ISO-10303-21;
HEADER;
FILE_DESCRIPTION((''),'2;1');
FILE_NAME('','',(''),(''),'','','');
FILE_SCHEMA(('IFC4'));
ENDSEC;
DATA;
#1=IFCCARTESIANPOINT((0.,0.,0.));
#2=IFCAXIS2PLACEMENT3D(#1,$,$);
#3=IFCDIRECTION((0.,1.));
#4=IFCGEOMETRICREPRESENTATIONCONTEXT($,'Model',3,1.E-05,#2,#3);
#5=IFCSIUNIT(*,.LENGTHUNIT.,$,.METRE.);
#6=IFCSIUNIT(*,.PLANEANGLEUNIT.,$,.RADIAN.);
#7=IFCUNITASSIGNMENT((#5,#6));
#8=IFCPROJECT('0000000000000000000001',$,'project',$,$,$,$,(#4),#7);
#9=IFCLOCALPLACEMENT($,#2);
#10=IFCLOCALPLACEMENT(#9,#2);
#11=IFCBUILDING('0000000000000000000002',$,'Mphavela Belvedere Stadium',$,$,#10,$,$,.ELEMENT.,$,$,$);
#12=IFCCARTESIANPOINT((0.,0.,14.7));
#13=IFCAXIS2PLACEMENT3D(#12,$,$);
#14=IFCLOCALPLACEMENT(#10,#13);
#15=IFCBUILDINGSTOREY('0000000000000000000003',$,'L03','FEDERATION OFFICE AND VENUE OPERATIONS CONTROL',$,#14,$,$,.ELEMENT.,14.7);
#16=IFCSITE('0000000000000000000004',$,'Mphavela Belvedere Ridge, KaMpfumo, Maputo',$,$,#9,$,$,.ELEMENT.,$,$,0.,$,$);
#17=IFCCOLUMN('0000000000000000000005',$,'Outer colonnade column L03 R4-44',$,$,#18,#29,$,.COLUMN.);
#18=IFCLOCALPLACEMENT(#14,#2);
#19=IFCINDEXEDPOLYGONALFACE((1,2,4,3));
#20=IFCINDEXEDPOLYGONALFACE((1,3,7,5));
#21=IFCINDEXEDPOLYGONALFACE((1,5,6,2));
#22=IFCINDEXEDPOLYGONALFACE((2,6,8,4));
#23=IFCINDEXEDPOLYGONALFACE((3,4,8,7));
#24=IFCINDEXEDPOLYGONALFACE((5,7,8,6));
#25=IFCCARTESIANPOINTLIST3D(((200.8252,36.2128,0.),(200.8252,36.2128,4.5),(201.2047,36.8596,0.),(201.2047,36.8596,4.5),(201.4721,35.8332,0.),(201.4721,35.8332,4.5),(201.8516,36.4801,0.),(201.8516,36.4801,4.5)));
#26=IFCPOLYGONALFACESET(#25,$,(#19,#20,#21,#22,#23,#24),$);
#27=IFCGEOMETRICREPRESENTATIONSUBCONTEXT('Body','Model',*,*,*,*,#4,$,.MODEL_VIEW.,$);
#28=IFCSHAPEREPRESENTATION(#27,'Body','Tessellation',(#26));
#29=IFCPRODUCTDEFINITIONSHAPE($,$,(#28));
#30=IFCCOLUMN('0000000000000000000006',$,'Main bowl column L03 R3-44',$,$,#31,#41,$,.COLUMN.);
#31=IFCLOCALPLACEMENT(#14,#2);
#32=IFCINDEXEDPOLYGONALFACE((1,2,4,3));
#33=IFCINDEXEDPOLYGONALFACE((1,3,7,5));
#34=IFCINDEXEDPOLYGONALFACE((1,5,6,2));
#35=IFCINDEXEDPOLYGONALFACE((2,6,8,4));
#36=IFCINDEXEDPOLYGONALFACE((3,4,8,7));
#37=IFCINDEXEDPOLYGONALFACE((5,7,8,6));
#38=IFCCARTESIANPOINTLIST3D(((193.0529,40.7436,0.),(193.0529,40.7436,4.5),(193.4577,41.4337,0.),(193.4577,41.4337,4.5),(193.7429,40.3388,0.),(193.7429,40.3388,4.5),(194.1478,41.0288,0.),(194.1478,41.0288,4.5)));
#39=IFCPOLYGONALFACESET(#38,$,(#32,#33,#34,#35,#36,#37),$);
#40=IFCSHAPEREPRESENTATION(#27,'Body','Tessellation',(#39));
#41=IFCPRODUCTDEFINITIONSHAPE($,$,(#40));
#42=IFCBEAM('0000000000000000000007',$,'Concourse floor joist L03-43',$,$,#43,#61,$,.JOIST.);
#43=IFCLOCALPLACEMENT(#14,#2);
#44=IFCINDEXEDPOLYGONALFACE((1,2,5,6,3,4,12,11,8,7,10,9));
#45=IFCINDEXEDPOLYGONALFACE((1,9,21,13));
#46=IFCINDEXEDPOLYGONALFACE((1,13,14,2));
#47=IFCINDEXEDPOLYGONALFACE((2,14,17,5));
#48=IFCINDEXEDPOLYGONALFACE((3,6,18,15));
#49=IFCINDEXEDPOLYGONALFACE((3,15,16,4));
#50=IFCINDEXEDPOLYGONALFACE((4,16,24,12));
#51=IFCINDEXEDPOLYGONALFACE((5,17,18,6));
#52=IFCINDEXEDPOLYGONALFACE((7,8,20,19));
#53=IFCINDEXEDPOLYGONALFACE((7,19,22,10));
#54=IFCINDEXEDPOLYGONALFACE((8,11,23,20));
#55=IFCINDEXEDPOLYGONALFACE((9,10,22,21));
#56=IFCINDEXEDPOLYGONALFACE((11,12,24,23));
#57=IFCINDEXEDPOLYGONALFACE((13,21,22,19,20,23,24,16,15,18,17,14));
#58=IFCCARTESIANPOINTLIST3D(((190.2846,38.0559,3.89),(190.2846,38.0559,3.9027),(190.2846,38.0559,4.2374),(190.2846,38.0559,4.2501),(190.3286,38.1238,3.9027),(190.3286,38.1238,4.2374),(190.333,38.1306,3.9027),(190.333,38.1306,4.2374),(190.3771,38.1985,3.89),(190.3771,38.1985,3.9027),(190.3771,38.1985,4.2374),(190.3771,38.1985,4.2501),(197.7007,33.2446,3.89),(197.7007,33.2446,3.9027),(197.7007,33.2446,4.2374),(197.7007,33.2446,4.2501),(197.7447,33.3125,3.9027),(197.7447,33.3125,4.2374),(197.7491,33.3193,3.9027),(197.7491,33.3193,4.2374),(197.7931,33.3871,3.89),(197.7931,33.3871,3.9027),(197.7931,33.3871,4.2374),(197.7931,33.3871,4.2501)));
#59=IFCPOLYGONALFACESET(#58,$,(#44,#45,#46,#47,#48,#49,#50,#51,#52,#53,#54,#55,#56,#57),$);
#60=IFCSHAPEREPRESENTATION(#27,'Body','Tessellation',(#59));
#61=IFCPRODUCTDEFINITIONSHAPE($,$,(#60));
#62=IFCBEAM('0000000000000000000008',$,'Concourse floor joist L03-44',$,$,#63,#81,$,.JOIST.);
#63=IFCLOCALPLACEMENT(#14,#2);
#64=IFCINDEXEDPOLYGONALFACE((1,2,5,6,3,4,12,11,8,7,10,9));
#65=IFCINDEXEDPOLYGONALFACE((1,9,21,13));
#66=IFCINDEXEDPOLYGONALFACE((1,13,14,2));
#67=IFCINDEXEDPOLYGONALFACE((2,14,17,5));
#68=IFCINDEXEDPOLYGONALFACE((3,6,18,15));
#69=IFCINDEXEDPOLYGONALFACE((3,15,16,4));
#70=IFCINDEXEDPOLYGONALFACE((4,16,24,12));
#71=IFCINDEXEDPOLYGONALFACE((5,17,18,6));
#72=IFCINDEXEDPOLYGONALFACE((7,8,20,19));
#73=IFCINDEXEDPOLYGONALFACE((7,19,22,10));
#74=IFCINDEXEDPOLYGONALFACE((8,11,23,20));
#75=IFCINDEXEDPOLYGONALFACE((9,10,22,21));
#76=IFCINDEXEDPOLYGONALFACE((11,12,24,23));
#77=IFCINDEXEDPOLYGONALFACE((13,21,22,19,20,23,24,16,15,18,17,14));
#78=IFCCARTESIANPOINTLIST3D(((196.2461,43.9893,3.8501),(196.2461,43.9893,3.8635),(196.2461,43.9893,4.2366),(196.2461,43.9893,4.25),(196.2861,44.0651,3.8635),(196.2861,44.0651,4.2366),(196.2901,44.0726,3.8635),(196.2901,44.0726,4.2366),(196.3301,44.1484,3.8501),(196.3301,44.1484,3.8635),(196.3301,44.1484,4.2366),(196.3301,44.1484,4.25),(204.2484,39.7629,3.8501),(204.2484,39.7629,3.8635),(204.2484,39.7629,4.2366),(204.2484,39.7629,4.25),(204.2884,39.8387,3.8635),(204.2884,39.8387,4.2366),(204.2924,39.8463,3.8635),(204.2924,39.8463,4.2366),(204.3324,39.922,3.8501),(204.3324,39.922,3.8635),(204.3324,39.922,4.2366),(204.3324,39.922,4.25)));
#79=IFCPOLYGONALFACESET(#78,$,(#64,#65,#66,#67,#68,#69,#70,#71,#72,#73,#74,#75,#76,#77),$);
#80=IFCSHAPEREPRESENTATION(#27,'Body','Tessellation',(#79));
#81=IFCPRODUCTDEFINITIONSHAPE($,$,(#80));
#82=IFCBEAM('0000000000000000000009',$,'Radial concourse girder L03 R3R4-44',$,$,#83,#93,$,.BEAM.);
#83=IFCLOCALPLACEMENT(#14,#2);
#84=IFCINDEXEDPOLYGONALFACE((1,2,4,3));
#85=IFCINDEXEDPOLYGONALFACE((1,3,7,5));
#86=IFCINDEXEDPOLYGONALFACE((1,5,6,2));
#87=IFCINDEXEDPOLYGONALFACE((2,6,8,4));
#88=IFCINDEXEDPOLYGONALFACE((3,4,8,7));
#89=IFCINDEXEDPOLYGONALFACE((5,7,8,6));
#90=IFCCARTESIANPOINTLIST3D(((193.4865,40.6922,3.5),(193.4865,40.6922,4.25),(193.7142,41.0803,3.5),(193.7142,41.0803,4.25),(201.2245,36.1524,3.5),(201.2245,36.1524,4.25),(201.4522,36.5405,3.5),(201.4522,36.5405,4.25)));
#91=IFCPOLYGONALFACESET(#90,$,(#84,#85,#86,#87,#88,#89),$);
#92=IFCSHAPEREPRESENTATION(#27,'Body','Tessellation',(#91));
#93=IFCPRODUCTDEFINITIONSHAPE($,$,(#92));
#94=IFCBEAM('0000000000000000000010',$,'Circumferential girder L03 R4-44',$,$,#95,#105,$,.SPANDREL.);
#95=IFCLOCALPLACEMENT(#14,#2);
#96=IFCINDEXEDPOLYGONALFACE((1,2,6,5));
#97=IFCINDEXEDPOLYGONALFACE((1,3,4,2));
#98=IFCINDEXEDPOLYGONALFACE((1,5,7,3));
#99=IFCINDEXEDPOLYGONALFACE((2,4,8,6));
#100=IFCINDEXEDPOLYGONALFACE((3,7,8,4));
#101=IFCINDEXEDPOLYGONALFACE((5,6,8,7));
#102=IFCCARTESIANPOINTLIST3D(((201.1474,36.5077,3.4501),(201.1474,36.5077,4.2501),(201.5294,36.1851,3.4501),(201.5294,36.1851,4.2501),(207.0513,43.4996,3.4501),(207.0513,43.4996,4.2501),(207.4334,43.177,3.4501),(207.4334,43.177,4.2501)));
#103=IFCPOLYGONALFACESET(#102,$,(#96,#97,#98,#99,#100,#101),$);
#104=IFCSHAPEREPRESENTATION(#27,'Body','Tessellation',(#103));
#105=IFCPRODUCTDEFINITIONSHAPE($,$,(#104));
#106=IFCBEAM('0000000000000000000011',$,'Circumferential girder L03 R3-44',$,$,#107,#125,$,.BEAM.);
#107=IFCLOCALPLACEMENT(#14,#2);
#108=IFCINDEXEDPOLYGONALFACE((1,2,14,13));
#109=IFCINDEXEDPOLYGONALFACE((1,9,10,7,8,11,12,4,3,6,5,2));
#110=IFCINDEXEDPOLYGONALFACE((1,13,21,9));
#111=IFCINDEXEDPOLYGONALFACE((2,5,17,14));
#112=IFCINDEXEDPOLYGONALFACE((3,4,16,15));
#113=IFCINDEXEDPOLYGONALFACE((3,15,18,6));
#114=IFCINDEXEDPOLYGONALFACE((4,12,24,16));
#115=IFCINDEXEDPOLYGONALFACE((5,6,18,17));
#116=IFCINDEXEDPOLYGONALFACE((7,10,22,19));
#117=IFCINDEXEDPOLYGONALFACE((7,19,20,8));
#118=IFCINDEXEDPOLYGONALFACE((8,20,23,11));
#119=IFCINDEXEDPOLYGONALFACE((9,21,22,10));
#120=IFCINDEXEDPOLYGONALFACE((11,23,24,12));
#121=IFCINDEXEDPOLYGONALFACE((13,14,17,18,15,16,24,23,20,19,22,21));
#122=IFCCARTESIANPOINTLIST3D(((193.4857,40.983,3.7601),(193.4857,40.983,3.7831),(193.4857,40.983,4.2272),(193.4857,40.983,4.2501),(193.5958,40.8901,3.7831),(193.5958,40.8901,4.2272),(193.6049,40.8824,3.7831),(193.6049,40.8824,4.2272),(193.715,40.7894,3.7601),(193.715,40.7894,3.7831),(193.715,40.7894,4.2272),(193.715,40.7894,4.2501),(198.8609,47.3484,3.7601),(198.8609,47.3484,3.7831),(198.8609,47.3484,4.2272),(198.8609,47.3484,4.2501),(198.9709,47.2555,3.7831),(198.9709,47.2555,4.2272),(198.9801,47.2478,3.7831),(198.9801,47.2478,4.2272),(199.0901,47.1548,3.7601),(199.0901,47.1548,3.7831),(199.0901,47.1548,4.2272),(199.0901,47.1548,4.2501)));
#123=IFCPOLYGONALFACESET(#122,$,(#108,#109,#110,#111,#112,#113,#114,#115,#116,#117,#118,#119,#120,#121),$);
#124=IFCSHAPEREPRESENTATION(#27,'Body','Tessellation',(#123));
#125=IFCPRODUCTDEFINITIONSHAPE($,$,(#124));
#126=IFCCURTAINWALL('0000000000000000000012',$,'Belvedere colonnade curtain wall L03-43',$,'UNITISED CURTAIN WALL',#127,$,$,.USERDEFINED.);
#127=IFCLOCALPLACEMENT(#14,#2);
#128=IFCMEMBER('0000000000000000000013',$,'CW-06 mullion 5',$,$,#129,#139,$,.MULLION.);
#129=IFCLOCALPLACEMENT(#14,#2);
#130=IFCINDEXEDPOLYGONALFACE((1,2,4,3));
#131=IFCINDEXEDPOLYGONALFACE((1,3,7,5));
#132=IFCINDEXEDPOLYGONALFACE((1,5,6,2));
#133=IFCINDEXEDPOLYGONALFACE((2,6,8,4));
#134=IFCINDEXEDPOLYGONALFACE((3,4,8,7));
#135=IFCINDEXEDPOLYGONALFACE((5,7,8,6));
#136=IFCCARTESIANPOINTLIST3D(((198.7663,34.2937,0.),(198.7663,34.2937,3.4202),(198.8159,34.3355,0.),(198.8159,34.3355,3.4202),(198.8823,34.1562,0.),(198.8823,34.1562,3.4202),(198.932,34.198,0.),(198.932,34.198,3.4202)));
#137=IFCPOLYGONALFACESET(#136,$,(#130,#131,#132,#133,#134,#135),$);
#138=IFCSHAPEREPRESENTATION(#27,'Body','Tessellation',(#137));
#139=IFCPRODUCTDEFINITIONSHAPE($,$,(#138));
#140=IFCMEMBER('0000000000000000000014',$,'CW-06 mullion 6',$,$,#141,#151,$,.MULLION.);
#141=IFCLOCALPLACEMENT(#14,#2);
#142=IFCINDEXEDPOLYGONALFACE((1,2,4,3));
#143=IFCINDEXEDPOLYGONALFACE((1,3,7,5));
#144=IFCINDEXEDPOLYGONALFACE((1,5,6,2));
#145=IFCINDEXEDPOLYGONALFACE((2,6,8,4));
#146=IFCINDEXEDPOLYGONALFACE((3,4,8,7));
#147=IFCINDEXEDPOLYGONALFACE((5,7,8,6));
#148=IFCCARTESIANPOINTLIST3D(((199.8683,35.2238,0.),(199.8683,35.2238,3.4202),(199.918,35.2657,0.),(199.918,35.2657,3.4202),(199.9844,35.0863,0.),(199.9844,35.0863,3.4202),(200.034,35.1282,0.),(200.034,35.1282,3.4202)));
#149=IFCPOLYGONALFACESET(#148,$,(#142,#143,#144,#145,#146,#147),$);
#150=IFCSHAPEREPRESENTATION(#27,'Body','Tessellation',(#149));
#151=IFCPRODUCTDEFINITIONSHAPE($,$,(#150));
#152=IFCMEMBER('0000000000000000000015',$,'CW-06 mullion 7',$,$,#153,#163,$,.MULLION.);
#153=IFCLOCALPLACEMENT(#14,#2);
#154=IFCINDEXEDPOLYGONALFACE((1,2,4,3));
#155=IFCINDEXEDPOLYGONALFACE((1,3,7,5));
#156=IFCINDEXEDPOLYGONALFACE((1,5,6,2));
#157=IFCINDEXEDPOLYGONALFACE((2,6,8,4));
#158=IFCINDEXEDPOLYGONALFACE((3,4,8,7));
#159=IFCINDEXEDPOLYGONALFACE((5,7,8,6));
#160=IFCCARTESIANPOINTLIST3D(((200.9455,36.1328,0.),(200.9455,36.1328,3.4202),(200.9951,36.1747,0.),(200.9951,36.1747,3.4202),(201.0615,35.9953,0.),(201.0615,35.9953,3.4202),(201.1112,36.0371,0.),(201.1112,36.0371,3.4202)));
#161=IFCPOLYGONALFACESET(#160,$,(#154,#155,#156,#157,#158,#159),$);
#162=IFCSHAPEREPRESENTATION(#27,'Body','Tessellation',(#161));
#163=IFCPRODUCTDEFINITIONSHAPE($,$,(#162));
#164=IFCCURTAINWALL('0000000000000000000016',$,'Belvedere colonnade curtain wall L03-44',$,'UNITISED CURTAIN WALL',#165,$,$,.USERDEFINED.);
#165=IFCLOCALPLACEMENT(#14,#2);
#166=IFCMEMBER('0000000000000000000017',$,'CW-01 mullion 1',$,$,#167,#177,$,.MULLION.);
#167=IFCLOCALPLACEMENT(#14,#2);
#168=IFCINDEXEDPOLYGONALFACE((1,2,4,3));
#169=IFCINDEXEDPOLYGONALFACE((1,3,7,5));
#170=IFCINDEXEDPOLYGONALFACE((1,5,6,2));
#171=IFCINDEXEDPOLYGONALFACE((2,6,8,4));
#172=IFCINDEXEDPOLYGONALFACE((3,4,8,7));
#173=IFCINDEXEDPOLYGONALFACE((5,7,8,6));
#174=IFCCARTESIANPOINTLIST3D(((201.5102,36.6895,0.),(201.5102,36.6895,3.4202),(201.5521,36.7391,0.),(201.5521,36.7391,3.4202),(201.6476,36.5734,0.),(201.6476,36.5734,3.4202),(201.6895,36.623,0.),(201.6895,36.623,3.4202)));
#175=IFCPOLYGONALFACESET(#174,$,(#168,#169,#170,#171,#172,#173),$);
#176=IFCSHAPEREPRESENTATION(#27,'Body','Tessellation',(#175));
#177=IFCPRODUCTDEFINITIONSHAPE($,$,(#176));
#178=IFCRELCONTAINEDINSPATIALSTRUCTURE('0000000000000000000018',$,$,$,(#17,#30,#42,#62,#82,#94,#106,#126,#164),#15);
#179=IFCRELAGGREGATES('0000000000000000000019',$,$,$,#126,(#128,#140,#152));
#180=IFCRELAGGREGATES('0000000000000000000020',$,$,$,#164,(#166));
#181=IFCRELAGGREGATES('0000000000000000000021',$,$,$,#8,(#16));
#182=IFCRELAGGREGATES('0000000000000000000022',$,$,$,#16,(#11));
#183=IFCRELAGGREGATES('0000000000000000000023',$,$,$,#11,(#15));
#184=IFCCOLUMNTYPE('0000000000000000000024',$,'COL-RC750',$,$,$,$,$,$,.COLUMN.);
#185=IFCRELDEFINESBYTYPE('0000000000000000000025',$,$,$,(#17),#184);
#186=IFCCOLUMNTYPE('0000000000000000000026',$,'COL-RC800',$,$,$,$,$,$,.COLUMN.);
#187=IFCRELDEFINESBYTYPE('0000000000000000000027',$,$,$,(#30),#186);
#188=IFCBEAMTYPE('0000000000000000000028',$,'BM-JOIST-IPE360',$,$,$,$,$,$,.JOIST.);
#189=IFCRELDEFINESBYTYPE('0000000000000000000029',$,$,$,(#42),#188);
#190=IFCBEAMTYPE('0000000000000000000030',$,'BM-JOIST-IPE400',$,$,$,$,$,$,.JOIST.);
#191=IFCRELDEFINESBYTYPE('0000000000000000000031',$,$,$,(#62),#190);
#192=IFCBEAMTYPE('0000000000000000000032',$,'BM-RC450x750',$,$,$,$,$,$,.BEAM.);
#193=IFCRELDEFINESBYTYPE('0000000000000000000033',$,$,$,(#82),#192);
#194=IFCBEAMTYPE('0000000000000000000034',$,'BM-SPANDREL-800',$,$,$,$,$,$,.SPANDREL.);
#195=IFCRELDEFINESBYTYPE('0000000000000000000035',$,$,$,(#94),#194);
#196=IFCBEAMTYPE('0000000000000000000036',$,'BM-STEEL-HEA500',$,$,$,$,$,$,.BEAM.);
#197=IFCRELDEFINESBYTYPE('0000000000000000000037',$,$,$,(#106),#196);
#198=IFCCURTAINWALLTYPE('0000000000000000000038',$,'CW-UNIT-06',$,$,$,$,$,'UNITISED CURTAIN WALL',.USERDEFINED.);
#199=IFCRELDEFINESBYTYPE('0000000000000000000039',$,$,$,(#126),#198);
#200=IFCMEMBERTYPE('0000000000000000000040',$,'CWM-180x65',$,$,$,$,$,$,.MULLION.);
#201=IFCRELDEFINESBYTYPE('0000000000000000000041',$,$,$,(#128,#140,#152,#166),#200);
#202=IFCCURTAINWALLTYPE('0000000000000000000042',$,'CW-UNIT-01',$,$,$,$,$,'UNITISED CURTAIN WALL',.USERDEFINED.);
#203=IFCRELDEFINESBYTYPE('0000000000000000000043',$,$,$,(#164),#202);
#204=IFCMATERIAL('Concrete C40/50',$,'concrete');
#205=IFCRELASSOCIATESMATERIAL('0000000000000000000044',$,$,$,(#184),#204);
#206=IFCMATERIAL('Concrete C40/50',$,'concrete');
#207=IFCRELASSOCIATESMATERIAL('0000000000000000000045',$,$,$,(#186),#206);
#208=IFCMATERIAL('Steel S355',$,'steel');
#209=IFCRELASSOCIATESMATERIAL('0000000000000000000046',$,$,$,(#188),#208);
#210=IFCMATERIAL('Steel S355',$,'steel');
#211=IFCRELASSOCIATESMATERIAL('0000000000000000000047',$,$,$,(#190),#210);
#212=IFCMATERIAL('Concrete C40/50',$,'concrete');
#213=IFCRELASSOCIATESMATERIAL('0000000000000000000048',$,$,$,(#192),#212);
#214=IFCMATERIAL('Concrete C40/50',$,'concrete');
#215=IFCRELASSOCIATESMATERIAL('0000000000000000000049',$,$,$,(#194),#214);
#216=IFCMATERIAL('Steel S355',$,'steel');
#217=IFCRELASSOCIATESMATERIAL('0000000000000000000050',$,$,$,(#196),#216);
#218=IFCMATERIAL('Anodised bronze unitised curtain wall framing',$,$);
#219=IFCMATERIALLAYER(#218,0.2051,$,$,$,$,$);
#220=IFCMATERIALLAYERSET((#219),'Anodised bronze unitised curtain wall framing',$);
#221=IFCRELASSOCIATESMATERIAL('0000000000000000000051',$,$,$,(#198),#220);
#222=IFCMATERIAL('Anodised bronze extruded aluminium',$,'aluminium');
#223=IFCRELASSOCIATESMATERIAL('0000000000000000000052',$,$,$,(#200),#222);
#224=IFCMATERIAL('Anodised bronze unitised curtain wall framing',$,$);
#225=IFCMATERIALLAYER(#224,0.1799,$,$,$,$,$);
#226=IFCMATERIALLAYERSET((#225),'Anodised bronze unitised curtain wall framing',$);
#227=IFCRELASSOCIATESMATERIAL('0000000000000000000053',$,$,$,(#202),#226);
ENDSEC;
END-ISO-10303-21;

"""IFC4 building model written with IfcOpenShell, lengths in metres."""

from ifc_helpers import new_model, si_unit, direction, frame, origin, origin_2d, place, context, subcontext, project, spatial, rectangle, i_section, extrude, material, layer, layer_set, material_profile, profile_set, type_object, element, aggregate, save


model = new_model("IFC4")

# Units and contexts
model_context = context("Model", 3, precision=1e-05, world=origin(), true_north=direction((0.0, 1.0)))
body_context = subcontext(model_context, "Body", "Model", "MODEL_VIEW")
ifc_project = project(units=[si_unit("LENGTHUNIT", "METRE"), si_unit("PLANEANGLEUNIT", "RADIAN")], contexts=[model_context])

# Site, building, storey
site_placement = place(None, origin())
site = spatial("IfcSite", under=ifc_project, at=site_placement, Name="Mphavela Belvedere Ridge, KaMpfumo, Maputo", CompositionType="ELEMENT", RefElevation=0.0)
building_placement = place(site_placement, origin())
building = spatial("IfcBuilding", under=site, at=building_placement, Name="Mphavela Belvedere Stadium", CompositionType="ELEMENT")
storey_placement = place(building_placement, frame((0.0, 0.0, 14.7)))
storey = spatial("IfcBuildingStorey", under=building, at=storey_placement, Name="L03", Description="FEDERATION OFFICE AND VENUE OPERATIONS CONTROL", CompositionType="ELEMENT", Elevation=14.7)

# Columns
ifc_material_1 = material(Name="Concrete C40/50", Category="concrete")
ifc_material_profile_1 = material_profile(ifc_material_1, rectangle(XDim=0.75, YDim=0.75, at=origin_2d()), Name="RC 750x750")
ifc_profile_set_1 = profile_set([ifc_material_profile_1], Name="Concrete C40/50")
column_type_1 = type_object("IfcColumnType", Name="COL-RC750", PredefinedType="COLUMN", material=ifc_profile_set_1)
column_1_placement = place(storey_placement, frame((201.3384, 36.3464, 0.0), z_axis=(0.0, 0.0, 1.0), x_axis=(0.862514, -0.506034, 0.0)))
element("IfcColumn", 1, at=column_1_placement, inside=storey, type_object=column_type_1, Name="Outer colonnade column L03 R4-44", PredefinedType="COLUMN", context=body_context, shape_type="SweptSolid", body=[
    extrude(rectangle(XDim=0.75, YDim=0.75, at=origin_2d()), origin(), (0.0, 0.0, 1.0), 4.5),
])
ifc_material_2 = material(Name="Concrete C40/50", Category="concrete")
ifc_material_profile_2 = material_profile(ifc_material_2, rectangle(XDim=0.8, YDim=0.8, at=origin_2d()), Name="RC 800x800")
ifc_profile_set_2 = profile_set([ifc_material_profile_2], Name="Concrete C40/50")
column_type_2 = type_object("IfcColumnType", Name="COL-RC800", PredefinedType="COLUMN", material=ifc_profile_set_2)
column_2_placement = place(storey_placement, frame((193.6003, 40.8862, 0.0), z_axis=(0.0, 0.0, 1.0), x_axis=(0.862514, -0.506034, 0.0)))
element("IfcColumn", 2, at=column_2_placement, inside=storey, type_object=column_type_2, Name="Main bowl column L03 R3-44", PredefinedType="COLUMN", context=body_context, shape_type="SweptSolid", body=[
    extrude(rectangle(XDim=0.8, YDim=0.8, at=origin_2d()), origin(), (0.0, 0.0, 1.0), 4.5),
])

# Beams
ifc_material_3 = material(Name="Steel S355", Category="steel")
ifc_material_profile_3 = material_profile(ifc_material_3, i_section(OverallWidth=0.1699, OverallDepth=0.3601, WebThickness=0.0081, FlangeThickness=0.0127, at=origin_2d()), Name="IPE 360")
ifc_profile_set_3 = profile_set([ifc_material_profile_3], Name="Steel S355")
beam_type_1 = type_object("IfcBeamType", Name="BM-JOIST-IPE360", PredefinedType="JOIST", material=ifc_profile_set_3)
beam_1_placement = place(storey_placement, frame((190.3308, 38.1272, 4.0701), z_axis=(0.838915, -0.544262, 0.0), x_axis=(0.544262, 0.838915, 0.0)))
element("IfcBeam", 3, at=beam_1_placement, inside=storey, type_object=beam_type_1, Name="Concourse floor joist L03-43", PredefinedType="JOIST", context=body_context, shape_type="SweptSolid", body=[
    extrude(i_section(OverallWidth=0.1699, OverallDepth=0.3601, WebThickness=0.0081, FlangeThickness=0.0127, at=origin_2d()), origin(), (0.0, 0.0, 1.0), 8.8401),
])
ifc_material_4 = material(Name="Steel S355", Category="steel")
ifc_material_profile_4 = material_profile(ifc_material_4, i_section(OverallWidth=0.1799, OverallDepth=0.3999, WebThickness=0.0085, FlangeThickness=0.0134, at=origin_2d()), Name="IPE 400")
ifc_profile_set_4 = profile_set([ifc_material_profile_4], Name="Steel S355")
beam_type_2 = type_object("IfcBeamType", Name="BM-JOIST-IPE400", PredefinedType="JOIST", material=ifc_profile_set_4)
beam_2_placement = place(storey_placement, frame((196.2881, 44.0688, 4.05), z_axis=(0.884251, -0.467012, 0.0), x_axis=(0.467012, 0.884251, 0.0)))
element("IfcBeam", 4, at=beam_2_placement, inside=storey, type_object=beam_type_2, Name="Concourse floor joist L03-44", PredefinedType="JOIST", context=body_context, shape_type="SweptSolid", body=[
    extrude(i_section(OverallWidth=0.1799, OverallDepth=0.3999, WebThickness=0.0085, FlangeThickness=0.0134, at=origin_2d()), origin(), (0.0, 0.0, 1.0), 9.0498),
])
ifc_material_5 = material(Name="Concrete C40/50", Category="concrete")
ifc_material_profile_5 = material_profile(ifc_material_5, rectangle(XDim=0.45, YDim=0.75, at=origin_2d()), Name="RC 450x750")
ifc_profile_set_5 = profile_set([ifc_material_profile_5], Name="Concrete C40/50")
beam_type_3 = type_object("IfcBeamType", Name="BM-RC450x750", PredefinedType="BEAM", material=ifc_profile_set_5)
beam_3_placement = place(storey_placement, frame((193.6003, 40.8862, 3.875), z_axis=(0.862518, -0.506027, 0.0), x_axis=(0.506027, 0.862518, 0.0)))
element("IfcBeam", 5, at=beam_3_placement, inside=storey, type_object=beam_type_3, Name="Radial concourse girder L03 R3R4-44", PredefinedType="BEAM", context=body_context, shape_type="SweptSolid", body=[
    extrude(rectangle(XDim=0.45, YDim=0.75, at=origin_2d()), origin(), (0.0, 0.0, 1.0), 8.9714),
])
ifc_material_6 = material(Name="Concrete C40/50", Category="concrete")
ifc_material_profile_6 = material_profile(ifc_material_6, rectangle(XDim=0.5, YDim=0.8, at=origin_2d()), Name="RC 500x800")
ifc_profile_set_6 = profile_set([ifc_material_profile_6], Name="Concrete C40/50")
beam_type_4 = type_object("IfcBeamType", Name="BM-SPANDREL-800", PredefinedType="SPANDREL", material=ifc_profile_set_6)
beam_4_placement = place(storey_placement, frame((201.3384, 36.3464, 3.8501), z_axis=(0.645165, 0.764044, 0.0), x_axis=(-0.764044, 0.645165, 0.0)))
element("IfcBeam", 6, at=beam_4_placement, inside=storey, type_object=beam_type_4, Name="Circumferential girder L03 R4-44", PredefinedType="SPANDREL", context=body_context, shape_type="SweptSolid", body=[
    extrude(rectangle(XDim=0.5, YDim=0.8, at=origin_2d()), origin(), (0.0, 0.0, 1.0), 9.1511),
])
ifc_material_7 = material(Name="Steel S355", Category="steel")
ifc_material_profile_7 = material_profile(ifc_material_7, i_section(OverallWidth=0.3, OverallDepth=0.49, WebThickness=0.012, FlangeThickness=0.0229, at=origin_2d()), Name="HEA 500")
ifc_profile_set_7 = profile_set([ifc_material_profile_7], Name="Steel S355")
beam_type_5 = type_object("IfcBeamType", Name="BM-STEEL-HEA500", PredefinedType="BEAM", material=ifc_profile_set_7)
beam_5_placement = place(storey_placement, frame((193.6003, 40.8862, 4.0051), z_axis=(0.645177, 0.764033, 0.0), x_axis=(-0.764033, 0.645177, 0.0)))
element("IfcBeam", 7, at=beam_5_placement, inside=storey, type_object=beam_type_5, Name="Circumferential girder L03 R3-44", PredefinedType="BEAM", context=body_context, shape_type="SweptSolid", body=[
    extrude(i_section(OverallWidth=0.3, OverallDepth=0.49, WebThickness=0.012, FlangeThickness=0.0229, at=origin_2d()), origin(), (0.0, 0.0, 1.0), 8.3313),
])

# Curtain walls, members
ifc_material_8 = material(Name="Anodised bronze unitised curtain wall framing")
ifc_layer_1 = layer(ifc_material_8, 0.2051)
ifc_layer_set_1 = layer_set([ifc_layer_1], Name="Anodised bronze unitised curtain wall framing")
curtain_wall_type_1 = type_object("IfcCurtainWallType", Name="CW-UNIT-06", ElementType="UNITISED CURTAIN WALL", PredefinedType="USERDEFINED", material=ifc_layer_set_1)
curtain_wall_1_placement = place(storey_placement, origin())
curtain_wall_1 = element("IfcCurtainWall", 8, at=curtain_wall_1_placement, inside=storey, type_object=curtain_wall_type_1, Name="Belvedere colonnade curtain wall L03-43", ObjectType="UNITISED CURTAIN WALL", PredefinedType="USERDEFINED")
ifc_material_9 = material(Name="Anodised bronze extruded aluminium", Category="aluminium")
ifc_material_profile_8 = material_profile(ifc_material_9, rectangle(XDim=0.1799, YDim=0.0649, at=origin_2d()), Name="CW-MUL 180x65")
ifc_profile_set_8 = profile_set([ifc_material_profile_8], Name="Anodised bronze extruded aluminium")
member_type_1 = type_object("IfcMemberType", Name="CWM-180x65", PredefinedType="MULLION", material=ifc_profile_set_8)
member_1_placement = place(storey_placement, frame((198.8491, 34.2458, 0.0), z_axis=(0.0, 0.0, 1.0), x_axis=(-0.644905, 0.764263, 0.0)))
member_1 = element("IfcMember", 9, at=member_1_placement, type_object=member_type_1, Name="CW-06 mullion 5", PredefinedType="MULLION", context=body_context, shape_type="SweptSolid", body=[
    extrude(rectangle(XDim=0.1799, YDim=0.0649, at=origin_2d()), origin(), (0.0, 0.0, 1.0), 3.4202),
])
member_2_placement = place(storey_placement, frame((199.9512, 35.176, 0.0), z_axis=(0.0, 0.0, 1.0), x_axis=(-0.644905, 0.764263, 0.0)))
member_2 = element("IfcMember", 10, at=member_2_placement, type_object=member_type_1, Name="CW-06 mullion 6", PredefinedType="MULLION", context=body_context, shape_type="SweptSolid", body=[
    extrude(rectangle(XDim=0.1799, YDim=0.0649, at=origin_2d()), origin(), (0.0, 0.0, 1.0), 3.4202),
])
member_3_placement = place(storey_placement, frame((201.0283, 36.085, 0.0), z_axis=(0.0, 0.0, 1.0), x_axis=(-0.644905, 0.764263, 0.0)))
member_3 = element("IfcMember", 11, at=member_3_placement, type_object=member_type_1, Name="CW-06 mullion 7", PredefinedType="MULLION", context=body_context, shape_type="SweptSolid", body=[
    extrude(rectangle(XDim=0.1799, YDim=0.0649, at=origin_2d()), origin(), (0.0, 0.0, 1.0), 3.4202),
])
ifc_material_10 = material(Name="Anodised bronze unitised curtain wall framing")
ifc_layer_2 = layer(ifc_material_10, 0.1799)
ifc_layer_set_2 = layer_set([ifc_layer_2], Name="Anodised bronze unitised curtain wall framing")
curtain_wall_type_2 = type_object("IfcCurtainWallType", Name="CW-UNIT-01", ElementType="UNITISED CURTAIN WALL", PredefinedType="USERDEFINED", material=ifc_layer_set_2)
curtain_wall_2_placement = place(storey_placement, origin())
curtain_wall_2 = element("IfcCurtainWall", 12, at=curtain_wall_2_placement, inside=storey, type_object=curtain_wall_type_2, Name="Belvedere colonnade curtain wall L03-44", ObjectType="UNITISED CURTAIN WALL", PredefinedType="USERDEFINED")
member_4_placement = place(storey_placement, frame((201.5999, 36.6562, 0.0), z_axis=(0.0, 0.0, 1.0), x_axis=(-0.764031, 0.645179, 0.0)))
member_4 = element("IfcMember", 13, at=member_4_placement, type_object=member_type_1, Name="CW-01 mullion 1", PredefinedType="MULLION", context=body_context, shape_type="SweptSolid", body=[
    extrude(rectangle(XDim=0.1799, YDim=0.0649, at=origin_2d()), origin(), (0.0, 0.0, 1.0), 3.4202),
])

aggregate(curtain_wall_1, [member_1, member_2, member_3])
aggregate(curtain_wall_2, [member_4])

save(model, "model.ifc")
